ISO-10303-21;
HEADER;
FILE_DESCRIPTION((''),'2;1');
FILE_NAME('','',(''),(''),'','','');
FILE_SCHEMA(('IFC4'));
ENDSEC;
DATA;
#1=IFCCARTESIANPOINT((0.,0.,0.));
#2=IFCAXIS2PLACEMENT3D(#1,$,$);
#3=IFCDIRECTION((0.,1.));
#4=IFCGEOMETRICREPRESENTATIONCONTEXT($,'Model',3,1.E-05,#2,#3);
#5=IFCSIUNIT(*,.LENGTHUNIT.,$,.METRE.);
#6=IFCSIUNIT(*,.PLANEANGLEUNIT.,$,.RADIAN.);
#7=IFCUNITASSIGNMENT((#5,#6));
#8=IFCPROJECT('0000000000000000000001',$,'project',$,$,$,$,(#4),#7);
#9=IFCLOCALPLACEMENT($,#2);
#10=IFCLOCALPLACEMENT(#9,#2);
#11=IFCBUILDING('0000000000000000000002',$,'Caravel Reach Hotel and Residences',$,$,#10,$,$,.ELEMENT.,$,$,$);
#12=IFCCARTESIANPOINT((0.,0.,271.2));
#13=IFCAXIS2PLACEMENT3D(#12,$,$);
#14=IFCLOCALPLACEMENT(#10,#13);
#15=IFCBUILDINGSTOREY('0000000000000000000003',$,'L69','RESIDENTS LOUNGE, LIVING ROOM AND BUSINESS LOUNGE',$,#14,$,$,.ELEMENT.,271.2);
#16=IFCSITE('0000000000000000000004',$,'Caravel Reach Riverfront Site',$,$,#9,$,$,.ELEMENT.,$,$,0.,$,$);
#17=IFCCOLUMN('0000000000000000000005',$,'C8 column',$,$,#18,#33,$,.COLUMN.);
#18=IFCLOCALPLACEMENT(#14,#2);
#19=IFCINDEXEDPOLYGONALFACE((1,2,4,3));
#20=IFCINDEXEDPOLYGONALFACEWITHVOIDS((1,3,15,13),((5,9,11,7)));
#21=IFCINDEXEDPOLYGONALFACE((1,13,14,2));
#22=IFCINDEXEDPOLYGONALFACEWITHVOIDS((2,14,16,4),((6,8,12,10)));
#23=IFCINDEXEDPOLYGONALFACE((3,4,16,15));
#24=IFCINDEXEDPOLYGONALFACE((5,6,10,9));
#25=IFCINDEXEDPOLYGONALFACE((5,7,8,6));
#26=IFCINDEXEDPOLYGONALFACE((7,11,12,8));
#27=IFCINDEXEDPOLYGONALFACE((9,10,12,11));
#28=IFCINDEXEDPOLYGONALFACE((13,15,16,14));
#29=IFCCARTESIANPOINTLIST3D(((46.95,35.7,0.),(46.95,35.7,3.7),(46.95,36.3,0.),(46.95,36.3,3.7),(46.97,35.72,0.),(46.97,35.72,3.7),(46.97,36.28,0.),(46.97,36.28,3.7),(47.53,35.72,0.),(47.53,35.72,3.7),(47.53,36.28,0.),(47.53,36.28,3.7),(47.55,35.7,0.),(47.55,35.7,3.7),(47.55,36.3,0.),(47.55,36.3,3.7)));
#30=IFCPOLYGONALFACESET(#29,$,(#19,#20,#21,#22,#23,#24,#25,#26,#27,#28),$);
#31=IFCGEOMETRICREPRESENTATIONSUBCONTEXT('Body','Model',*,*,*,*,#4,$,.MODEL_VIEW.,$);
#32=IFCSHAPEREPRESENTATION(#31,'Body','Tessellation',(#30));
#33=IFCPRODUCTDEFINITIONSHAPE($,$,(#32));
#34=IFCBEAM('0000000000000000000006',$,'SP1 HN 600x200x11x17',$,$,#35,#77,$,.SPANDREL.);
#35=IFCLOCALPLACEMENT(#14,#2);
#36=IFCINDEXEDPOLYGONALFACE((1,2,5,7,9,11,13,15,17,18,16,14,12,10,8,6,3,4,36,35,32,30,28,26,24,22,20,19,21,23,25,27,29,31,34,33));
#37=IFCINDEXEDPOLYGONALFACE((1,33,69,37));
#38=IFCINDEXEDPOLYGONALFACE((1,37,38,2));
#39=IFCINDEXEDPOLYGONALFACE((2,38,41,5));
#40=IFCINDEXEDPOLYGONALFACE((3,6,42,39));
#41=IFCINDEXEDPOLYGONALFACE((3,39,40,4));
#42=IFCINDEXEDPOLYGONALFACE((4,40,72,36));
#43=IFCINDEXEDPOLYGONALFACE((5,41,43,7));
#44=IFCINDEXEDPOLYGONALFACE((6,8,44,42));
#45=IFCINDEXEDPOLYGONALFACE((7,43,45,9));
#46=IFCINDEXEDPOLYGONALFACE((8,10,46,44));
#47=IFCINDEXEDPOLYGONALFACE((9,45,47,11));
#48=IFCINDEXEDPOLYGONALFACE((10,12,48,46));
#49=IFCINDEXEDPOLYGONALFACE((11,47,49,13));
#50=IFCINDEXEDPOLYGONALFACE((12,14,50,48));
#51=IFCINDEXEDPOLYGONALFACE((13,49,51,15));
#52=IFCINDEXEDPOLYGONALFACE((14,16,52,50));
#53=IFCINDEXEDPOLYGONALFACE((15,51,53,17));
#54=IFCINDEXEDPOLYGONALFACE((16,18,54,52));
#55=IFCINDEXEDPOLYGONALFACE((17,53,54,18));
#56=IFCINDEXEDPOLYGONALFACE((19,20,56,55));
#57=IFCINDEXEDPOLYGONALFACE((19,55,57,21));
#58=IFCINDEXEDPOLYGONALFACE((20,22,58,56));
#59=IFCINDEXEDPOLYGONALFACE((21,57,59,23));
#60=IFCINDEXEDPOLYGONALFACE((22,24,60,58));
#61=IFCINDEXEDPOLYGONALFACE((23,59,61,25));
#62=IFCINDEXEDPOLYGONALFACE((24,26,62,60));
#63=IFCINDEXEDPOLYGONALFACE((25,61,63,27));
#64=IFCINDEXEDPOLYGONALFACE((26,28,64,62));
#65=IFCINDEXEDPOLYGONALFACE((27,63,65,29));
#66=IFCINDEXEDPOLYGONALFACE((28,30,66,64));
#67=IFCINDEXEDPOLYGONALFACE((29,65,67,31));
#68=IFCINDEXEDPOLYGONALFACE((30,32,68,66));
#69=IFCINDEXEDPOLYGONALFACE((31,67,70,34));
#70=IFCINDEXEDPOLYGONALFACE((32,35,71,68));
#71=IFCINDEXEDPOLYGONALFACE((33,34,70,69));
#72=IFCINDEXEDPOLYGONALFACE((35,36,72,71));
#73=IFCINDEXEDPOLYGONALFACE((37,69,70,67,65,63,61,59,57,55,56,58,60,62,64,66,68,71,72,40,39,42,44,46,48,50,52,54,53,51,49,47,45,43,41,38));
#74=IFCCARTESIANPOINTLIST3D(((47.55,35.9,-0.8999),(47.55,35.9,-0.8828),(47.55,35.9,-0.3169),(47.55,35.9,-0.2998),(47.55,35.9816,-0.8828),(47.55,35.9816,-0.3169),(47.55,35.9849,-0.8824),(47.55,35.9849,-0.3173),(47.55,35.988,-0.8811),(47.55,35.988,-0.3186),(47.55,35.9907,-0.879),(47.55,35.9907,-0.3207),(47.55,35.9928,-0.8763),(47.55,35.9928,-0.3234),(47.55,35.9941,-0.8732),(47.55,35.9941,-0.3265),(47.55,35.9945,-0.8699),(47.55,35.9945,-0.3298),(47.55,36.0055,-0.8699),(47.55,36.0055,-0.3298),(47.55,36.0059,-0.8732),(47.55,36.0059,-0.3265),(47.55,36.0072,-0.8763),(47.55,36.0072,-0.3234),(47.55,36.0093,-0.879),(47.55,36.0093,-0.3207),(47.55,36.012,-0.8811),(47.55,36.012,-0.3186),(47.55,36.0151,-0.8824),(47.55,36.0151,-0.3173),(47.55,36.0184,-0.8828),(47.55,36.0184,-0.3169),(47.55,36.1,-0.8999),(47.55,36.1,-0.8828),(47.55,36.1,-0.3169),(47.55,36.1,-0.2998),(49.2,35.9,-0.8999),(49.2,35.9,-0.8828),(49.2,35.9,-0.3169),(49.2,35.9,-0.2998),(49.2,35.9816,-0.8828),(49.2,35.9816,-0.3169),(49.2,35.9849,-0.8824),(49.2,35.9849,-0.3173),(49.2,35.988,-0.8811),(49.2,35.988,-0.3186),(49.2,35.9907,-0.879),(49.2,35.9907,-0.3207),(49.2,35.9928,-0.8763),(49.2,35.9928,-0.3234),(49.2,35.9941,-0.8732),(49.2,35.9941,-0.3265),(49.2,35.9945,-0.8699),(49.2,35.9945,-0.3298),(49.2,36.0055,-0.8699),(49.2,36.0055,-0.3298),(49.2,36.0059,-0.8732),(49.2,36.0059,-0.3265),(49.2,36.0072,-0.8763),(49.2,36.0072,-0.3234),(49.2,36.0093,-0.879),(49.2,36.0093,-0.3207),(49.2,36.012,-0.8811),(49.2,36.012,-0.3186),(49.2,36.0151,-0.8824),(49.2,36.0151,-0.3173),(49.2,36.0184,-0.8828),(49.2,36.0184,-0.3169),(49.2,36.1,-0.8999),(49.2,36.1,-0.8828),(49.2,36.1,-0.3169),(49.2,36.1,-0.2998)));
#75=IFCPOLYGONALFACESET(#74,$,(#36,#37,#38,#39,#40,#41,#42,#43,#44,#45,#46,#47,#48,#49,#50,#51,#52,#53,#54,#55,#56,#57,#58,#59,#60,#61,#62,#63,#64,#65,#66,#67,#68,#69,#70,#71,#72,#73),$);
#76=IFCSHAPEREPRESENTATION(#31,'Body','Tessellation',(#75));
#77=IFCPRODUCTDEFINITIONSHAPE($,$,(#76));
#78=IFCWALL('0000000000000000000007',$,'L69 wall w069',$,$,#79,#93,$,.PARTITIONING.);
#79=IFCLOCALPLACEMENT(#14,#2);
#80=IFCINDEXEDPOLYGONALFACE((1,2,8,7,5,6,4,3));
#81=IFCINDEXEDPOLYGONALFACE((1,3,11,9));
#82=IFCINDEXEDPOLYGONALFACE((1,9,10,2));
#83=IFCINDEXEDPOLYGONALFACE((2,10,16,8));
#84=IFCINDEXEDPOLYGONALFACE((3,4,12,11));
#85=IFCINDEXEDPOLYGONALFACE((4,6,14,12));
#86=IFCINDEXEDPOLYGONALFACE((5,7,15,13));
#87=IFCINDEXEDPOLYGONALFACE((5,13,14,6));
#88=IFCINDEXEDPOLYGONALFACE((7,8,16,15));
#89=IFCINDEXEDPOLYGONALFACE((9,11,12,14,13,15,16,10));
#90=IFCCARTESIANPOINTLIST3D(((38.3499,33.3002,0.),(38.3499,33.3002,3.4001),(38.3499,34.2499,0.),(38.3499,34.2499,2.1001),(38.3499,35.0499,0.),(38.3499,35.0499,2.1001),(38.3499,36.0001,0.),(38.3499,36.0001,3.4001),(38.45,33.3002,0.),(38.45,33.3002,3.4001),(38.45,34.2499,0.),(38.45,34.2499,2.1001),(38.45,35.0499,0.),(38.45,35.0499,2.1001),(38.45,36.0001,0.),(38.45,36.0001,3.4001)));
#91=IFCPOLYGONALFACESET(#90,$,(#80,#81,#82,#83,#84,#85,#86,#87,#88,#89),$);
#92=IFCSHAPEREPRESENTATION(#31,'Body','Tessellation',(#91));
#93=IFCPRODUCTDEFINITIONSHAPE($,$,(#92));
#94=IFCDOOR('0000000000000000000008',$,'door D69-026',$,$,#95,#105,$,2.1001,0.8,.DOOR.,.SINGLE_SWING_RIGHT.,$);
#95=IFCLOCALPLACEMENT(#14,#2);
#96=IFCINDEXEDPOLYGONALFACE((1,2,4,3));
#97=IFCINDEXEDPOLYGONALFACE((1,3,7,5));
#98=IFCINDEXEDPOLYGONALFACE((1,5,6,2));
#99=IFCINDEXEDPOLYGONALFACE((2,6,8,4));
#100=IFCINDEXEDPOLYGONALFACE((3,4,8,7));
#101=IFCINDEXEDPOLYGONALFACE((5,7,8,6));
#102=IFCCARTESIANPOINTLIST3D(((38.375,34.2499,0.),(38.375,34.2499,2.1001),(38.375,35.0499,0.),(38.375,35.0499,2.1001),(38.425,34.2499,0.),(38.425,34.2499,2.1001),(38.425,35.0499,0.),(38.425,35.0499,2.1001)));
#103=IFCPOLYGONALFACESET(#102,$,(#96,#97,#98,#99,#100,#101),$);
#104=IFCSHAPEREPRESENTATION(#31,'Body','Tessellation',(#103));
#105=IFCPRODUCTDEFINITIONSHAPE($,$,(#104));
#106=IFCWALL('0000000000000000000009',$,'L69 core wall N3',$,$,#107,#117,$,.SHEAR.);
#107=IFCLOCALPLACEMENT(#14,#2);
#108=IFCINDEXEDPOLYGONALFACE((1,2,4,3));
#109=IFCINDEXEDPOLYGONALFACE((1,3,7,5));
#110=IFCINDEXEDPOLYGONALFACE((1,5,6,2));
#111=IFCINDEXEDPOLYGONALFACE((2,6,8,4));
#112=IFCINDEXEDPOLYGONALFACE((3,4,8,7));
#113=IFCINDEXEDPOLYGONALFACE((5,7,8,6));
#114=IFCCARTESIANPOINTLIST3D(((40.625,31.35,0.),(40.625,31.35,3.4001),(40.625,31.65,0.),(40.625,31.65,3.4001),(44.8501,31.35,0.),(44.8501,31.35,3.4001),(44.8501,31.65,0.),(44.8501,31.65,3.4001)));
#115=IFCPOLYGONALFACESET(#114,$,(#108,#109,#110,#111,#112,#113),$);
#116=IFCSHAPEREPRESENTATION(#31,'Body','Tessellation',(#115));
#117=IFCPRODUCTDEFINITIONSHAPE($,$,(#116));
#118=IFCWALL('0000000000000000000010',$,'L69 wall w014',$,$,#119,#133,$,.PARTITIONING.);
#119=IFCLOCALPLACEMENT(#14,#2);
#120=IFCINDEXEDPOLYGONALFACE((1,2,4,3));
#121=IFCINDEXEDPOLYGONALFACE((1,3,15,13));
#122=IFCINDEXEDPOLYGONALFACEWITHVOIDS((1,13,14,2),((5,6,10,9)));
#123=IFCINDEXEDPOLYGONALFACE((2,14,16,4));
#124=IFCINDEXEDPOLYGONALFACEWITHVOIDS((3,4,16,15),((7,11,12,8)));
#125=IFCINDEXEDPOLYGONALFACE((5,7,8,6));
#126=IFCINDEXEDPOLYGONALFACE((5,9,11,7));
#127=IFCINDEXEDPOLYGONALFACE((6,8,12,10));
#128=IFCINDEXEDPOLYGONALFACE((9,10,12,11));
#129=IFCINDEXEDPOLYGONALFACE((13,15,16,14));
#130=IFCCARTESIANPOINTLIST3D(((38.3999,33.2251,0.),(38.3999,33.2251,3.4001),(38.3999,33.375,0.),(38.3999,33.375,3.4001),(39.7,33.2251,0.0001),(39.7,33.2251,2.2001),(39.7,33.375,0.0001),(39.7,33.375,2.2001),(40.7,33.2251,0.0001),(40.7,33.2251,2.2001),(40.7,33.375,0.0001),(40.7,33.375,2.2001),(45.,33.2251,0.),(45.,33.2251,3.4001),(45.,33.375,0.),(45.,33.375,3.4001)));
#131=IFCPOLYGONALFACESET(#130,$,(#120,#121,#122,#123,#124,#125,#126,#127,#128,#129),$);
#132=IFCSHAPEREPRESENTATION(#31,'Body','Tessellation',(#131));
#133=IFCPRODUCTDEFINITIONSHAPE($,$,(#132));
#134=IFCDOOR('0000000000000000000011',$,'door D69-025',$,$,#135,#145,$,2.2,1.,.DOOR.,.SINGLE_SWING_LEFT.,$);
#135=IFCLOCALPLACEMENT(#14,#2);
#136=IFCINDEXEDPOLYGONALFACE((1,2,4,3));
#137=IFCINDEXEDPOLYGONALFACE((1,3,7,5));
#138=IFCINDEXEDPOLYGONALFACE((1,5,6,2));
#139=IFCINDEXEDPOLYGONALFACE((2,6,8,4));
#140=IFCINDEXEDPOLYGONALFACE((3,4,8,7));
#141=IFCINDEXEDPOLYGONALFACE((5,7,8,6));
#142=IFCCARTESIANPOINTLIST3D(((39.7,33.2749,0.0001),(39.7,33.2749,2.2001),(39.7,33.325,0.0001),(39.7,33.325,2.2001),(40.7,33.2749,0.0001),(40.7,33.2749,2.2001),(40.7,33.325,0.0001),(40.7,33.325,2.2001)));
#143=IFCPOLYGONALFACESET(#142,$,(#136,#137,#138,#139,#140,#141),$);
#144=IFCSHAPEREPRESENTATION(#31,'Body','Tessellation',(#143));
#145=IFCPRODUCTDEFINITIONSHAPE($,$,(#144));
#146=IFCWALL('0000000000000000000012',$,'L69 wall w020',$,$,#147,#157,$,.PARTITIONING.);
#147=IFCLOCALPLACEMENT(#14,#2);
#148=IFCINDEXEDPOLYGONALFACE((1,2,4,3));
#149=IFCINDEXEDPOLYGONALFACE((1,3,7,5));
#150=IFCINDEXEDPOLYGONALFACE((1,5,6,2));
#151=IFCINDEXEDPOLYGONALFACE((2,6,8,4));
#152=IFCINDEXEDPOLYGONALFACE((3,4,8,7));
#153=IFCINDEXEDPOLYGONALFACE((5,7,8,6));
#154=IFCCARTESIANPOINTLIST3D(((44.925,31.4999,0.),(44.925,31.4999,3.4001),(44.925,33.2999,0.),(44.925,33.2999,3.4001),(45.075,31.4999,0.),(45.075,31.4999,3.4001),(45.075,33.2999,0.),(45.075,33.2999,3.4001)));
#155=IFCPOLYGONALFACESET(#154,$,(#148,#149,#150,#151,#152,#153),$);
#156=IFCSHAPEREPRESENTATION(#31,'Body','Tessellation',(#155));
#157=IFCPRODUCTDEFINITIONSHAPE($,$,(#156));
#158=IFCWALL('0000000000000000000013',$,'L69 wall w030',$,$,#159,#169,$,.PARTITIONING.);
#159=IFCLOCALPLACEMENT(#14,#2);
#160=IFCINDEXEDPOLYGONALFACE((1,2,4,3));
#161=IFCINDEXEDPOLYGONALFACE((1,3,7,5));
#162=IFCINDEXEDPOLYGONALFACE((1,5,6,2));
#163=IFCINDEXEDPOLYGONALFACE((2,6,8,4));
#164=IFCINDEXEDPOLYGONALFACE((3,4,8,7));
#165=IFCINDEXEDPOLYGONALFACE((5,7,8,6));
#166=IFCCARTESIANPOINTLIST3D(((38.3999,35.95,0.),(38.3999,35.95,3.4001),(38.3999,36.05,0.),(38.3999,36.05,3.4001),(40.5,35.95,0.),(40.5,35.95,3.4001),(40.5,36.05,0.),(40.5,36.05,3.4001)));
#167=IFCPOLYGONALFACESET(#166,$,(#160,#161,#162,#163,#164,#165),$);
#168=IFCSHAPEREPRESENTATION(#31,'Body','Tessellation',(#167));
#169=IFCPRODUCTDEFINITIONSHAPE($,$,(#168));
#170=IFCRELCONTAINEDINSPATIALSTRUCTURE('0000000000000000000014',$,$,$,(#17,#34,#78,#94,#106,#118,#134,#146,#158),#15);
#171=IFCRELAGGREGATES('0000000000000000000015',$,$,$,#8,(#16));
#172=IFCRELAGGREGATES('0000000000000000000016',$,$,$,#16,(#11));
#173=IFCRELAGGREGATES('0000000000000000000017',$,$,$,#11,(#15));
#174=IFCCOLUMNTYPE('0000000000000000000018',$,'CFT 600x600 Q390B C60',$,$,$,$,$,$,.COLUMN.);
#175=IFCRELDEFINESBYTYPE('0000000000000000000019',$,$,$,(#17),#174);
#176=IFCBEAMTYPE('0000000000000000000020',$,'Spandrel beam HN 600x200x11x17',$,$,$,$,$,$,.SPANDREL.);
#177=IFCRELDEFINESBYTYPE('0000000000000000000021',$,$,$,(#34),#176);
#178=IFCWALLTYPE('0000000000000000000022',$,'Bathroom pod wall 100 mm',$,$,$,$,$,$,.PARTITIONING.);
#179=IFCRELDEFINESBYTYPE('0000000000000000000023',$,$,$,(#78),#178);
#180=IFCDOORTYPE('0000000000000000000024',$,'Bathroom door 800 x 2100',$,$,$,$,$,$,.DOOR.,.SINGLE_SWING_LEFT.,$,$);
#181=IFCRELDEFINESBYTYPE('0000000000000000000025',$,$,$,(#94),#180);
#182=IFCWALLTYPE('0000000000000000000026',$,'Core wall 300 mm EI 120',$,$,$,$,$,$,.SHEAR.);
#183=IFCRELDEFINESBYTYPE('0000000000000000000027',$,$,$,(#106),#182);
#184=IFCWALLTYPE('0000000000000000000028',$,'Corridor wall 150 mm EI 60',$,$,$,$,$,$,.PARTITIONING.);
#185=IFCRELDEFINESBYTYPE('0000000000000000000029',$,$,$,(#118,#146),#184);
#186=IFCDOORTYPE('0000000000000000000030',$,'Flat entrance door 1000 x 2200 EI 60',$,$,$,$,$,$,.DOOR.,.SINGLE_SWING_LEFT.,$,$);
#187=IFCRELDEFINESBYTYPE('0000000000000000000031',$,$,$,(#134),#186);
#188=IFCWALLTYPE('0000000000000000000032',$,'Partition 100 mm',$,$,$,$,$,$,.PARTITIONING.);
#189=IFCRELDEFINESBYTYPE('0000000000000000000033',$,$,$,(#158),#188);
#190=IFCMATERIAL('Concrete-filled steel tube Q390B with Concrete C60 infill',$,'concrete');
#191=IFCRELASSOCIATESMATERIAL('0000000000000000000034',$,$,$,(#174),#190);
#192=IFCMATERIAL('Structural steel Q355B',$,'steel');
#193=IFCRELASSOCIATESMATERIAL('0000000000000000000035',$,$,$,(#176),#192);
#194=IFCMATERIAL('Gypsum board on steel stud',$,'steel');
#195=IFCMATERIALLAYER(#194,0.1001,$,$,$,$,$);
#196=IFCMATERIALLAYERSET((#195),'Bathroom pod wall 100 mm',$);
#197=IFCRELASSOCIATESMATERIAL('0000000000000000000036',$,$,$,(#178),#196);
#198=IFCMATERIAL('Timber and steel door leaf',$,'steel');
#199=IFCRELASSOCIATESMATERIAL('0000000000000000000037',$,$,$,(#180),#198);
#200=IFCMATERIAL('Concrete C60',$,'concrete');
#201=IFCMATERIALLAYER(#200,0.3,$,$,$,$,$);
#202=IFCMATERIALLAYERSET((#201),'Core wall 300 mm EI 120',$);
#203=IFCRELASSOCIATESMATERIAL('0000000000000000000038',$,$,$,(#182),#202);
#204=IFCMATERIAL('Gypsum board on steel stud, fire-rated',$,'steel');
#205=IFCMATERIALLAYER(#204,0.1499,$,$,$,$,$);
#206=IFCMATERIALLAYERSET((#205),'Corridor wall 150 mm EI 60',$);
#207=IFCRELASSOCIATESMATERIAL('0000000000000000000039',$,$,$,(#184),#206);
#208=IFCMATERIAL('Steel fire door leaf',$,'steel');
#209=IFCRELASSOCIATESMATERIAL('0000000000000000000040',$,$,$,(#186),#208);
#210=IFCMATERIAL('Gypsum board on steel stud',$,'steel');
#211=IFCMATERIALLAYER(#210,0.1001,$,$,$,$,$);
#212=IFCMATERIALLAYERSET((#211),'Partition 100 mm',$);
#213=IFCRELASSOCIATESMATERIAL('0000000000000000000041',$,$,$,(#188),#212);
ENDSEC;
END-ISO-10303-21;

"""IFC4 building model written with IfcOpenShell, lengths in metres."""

from ifc_helpers import new_model, si_unit, direction, frame, frame_2d, origin, origin_2d, place, context, subcontext, project, spatial, rectangle, hollow_rectangle, i_section, extrude, material, layer, layer_set, material_profile, profile_set, type_object, element, fill, save


model = new_model("IFC4")

# Units and contexts
model_context = context("Model", 3, precision=1e-05, world=origin(), true_north=direction((0.0, 1.0)))
body_context = subcontext(model_context, "Body", "Model", "MODEL_VIEW")
ifc_project = project(units=[si_unit("LENGTHUNIT", "METRE"), si_unit("PLANEANGLEUNIT", "RADIAN")], contexts=[model_context])

# Site, building, storey
site_placement = place(None, origin())
site = spatial("IfcSite", under=ifc_project, at=site_placement, Name="Caravel Reach Riverfront Site", CompositionType="ELEMENT", RefElevation=0.0)
building_placement = place(site_placement, origin())
building = spatial("IfcBuilding", under=site, at=building_placement, Name="Caravel Reach Hotel and Residences", CompositionType="ELEMENT")
storey_placement = place(building_placement, frame((0.0, 0.0, 271.2)))
storey = spatial("IfcBuildingStorey", under=building, at=storey_placement, Name="L69", Description="RESIDENTS LOUNGE, LIVING ROOM AND BUSINESS LOUNGE", CompositionType="ELEMENT", Elevation=271.2)

# Column
ifc_material_1 = material(Name="Concrete-filled steel tube Q390B with Concrete C60 infill", Category="concrete")
ifc_material_profile_1 = material_profile(ifc_material_1, hollow_rectangle(XDim=0.6001, YDim=0.6001, WallThickness=0.02, at=origin_2d()), Name="RHS 600x600x20")
ifc_profile_set_1 = profile_set([ifc_material_profile_1], Name="Concrete-filled steel tube Q390B with Concrete C60 infill")
column_type = type_object("IfcColumnType", Name="CFT 600x600 Q390B C60", PredefinedType="COLUMN", material=ifc_profile_set_1)
column_placement = place(storey_placement, frame((47.25, 36.0, 0.0), z_axis=(0.0, 0.0, 1.0), x_axis=(1.0, 0.0, 0.0)))
element("IfcColumn", 1, at=column_placement, inside=storey, type_object=column_type, Name="C8 column", PredefinedType="COLUMN", context=body_context, shape_type="SweptSolid", body=[
    extrude(hollow_rectangle(XDim=0.6001, YDim=0.6001, WallThickness=0.02, at=origin_2d()), origin(), (0.0, 0.0, 1.0), 3.7),
])

# Beam
ifc_material_2 = material(Name="Structural steel Q355B", Category="steel")
ifc_material_profile_2 = material_profile(ifc_material_2, i_section(OverallWidth=0.2, OverallDepth=0.6001, WebThickness=0.011, FlangeThickness=0.0171, FilletRadius=0.0129, at=origin_2d()), Name="HN 600x200x11x17")
ifc_profile_set_2 = profile_set([ifc_material_profile_2], Name="Structural steel Q355B")
beam_type = type_object("IfcBeamType", Name="Spandrel beam HN 600x200x11x17", PredefinedType="SPANDREL", material=ifc_profile_set_2)
beam_placement = place(storey_placement, frame((49.2, 36.0, -0.5999), z_axis=(-1.0, 0.0, 0.0), x_axis=(0.0, -1.0, 0.0)))
element("IfcBeam", 2, at=beam_placement, inside=storey, type_object=beam_type, Name="SP1 HN 600x200x11x17", PredefinedType="SPANDREL", context=body_context, shape_type="SweptSolid", body=[
    extrude(i_section(OverallWidth=0.2, OverallDepth=0.6001, WebThickness=0.011, FlangeThickness=0.0171, FilletRadius=0.0129, at=origin_2d()), origin(), (0.0, 0.0, 1.0), 1.6499),
])

# Wall, opening, door
ifc_material_3 = material(Name="Gypsum board on steel stud", Category="steel")
ifc_layer_1 = layer(ifc_material_3, 0.1001)
ifc_layer_set_1 = layer_set([ifc_layer_1], Name="Bathroom pod wall 100 mm")
wall_type_1 = type_object("IfcWallType", Name="Bathroom pod wall 100 mm", PredefinedType="PARTITIONING", material=ifc_layer_set_1)
wall_1_placement = place(storey_placement, frame((38.3999, 33.3, 0.0), z_axis=(0.0, 0.0, 1.0), x_axis=(0.0, 1.0, 0.0)))
wall_1 = element("IfcWall", 3, at=wall_1_placement, inside=storey, type_object=wall_type_1, Name="L69 wall w069", PredefinedType="PARTITIONING", context=body_context, shape_type="SweptSolid", body=[
    extrude(rectangle(XDim=2.7, YDim=0.1001, at=frame_2d((1.3501, 0.0))), origin(), (0.0, 0.0, 1.0), 3.4001),
])
opening_1_placement = place(wall_1_placement, frame((0.95, 0.0, 0.0)))
opening_1 = element("IfcOpeningElement", 4, at=opening_1_placement, cuts=wall_1, PredefinedType="OPENING", context=body_context, shape_type="SweptSolid", body=[
    extrude(rectangle(XDim=0.8, YDim=2.1001, at=frame_2d((0.3999, 1.05))), frame((0.0, 0.0601, 0.0), z_axis=(0.0, -1.0, 0.0), x_axis=(1.0, 0.0, 0.0)), (0.0, 0.0, 1.0), 0.1201),
])
ifc_material_4 = material(Name="Timber and steel door leaf", Category="steel")
door_type_1 = type_object("IfcDoorType", Name="Bathroom door 800 x 2100", OperationType="SINGLE_SWING_LEFT", PredefinedType="DOOR", material=ifc_material_4)
door_1_placement = place(opening_1_placement, origin())
door_1 = element("IfcDoor", 5, at=door_1_placement, inside=storey, type_object=door_type_1, Name="door D69-026", OperationType="SINGLE_SWING_RIGHT", OverallHeight=2.1001, OverallWidth=0.8, PredefinedType="DOOR", context=body_context, shape_type="SweptSolid", body=[
    extrude(rectangle(XDim=0.8, YDim=2.1001, at=frame_2d((0.3999, 1.05))), frame((0.0, 0.0249, 0.0), z_axis=(0.0, -1.0, 0.0), x_axis=(1.0, 0.0, 0.0)), (0.0, 0.0, 1.0), 0.05),
])
fill(opening_1, door_1)

# Wall
ifc_material_5 = material(Name="Concrete C60", Category="concrete")
ifc_layer_2 = layer(ifc_material_5, 0.3)
ifc_layer_set_2 = layer_set([ifc_layer_2], Name="Core wall 300 mm EI 120")
wall_type_2 = type_object("IfcWallType", Name="Core wall 300 mm EI 120", PredefinedType="SHEAR", material=ifc_layer_set_2)
wall_2_placement = place(storey_placement, frame((40.625, 31.5, 0.0), z_axis=(0.0, 0.0, 1.0), x_axis=(1.0, 0.0, 0.0)))
element("IfcWall", 6, at=wall_2_placement, inside=storey, type_object=wall_type_2, Name="L69 core wall N3", PredefinedType="SHEAR", context=body_context, shape_type="SweptSolid", body=[
    extrude(rectangle(XDim=4.2251, YDim=0.3, at=frame_2d((2.1125, 0.0))), origin(), (0.0, 0.0, 1.0), 3.4001),
])

# Wall, opening, door
ifc_material_6 = material(Name="Gypsum board on steel stud, fire-rated", Category="steel")
ifc_layer_3 = layer(ifc_material_6, 0.1499)
ifc_layer_set_3 = layer_set([ifc_layer_3], Name="Corridor wall 150 mm EI 60")
wall_type_3 = type_object("IfcWallType", Name="Corridor wall 150 mm EI 60", PredefinedType="PARTITIONING", material=ifc_layer_set_3)
wall_3_placement = place(storey_placement, frame((38.3999, 33.3, 0.0), z_axis=(0.0, 0.0, 1.0), x_axis=(1.0, 0.0, 0.0)))
wall_3 = element("IfcWall", 7, at=wall_3_placement, inside=storey, type_object=wall_type_3, Name="L69 wall w014", PredefinedType="PARTITIONING", context=body_context, shape_type="SweptSolid", body=[
    extrude(rectangle(XDim=6.6001, YDim=0.1499, at=frame_2d((3.3, 0.0))), origin(), (0.0, 0.0, 1.0), 3.4001),
])
opening_2_placement = place(wall_3_placement, frame((1.3, 0.0, 0.0)))
opening_2 = element("IfcOpeningElement", 8, at=opening_2_placement, cuts=wall_3, PredefinedType="OPENING", context=body_context, shape_type="SweptSolid", body=[
    extrude(rectangle(XDim=1.0, YDim=2.2, at=frame_2d((0.5, 1.1001))), frame((0.0, 0.085, 0.0), z_axis=(0.0, -1.0, 0.0), x_axis=(1.0, 0.0, 0.0)), (0.0, 0.0, 1.0), 0.1699),
])
ifc_material_7 = material(Name="Steel fire door leaf", Category="steel")
door_type_2 = type_object("IfcDoorType", Name="Flat entrance door 1000 x 2200 EI 60", OperationType="SINGLE_SWING_LEFT", PredefinedType="DOOR", material=ifc_material_7)
door_2_placement = place(opening_2_placement, origin())
door_2 = element("IfcDoor", 9, at=door_2_placement, inside=storey, type_object=door_type_2, Name="door D69-025", OperationType="SINGLE_SWING_LEFT", OverallHeight=2.2, OverallWidth=1.0, PredefinedType="DOOR", context=body_context, shape_type="SweptSolid", body=[
    extrude(rectangle(XDim=1.0, YDim=2.2, at=frame_2d((0.5, 1.1001))), frame((0.0, 0.0249, 0.0), z_axis=(0.0, -1.0, 0.0), x_axis=(1.0, 0.0, 0.0)), (0.0, 0.0, 1.0), 0.05),
])
fill(opening_2, door_2)

# Walls
wall_4_placement = place(storey_placement, frame((45.0, 31.5, 0.0), z_axis=(0.0, 0.0, 1.0), x_axis=(0.0, 1.0, 0.0)))
element("IfcWall", 10, at=wall_4_placement, inside=storey, type_object=wall_type_3, Name="L69 wall w020", PredefinedType="PARTITIONING", context=body_context, shape_type="SweptSolid", body=[
    extrude(rectangle(XDim=1.8, YDim=0.1499, at=frame_2d((0.8999, 0.0))), origin(), (0.0, 0.0, 1.0), 3.4001),
])
ifc_material_8 = material(Name="Gypsum board on steel stud", Category="steel")
ifc_layer_4 = layer(ifc_material_8, 0.1001)
ifc_layer_set_4 = layer_set([ifc_layer_4], Name="Partition 100 mm")
wall_type_4 = type_object("IfcWallType", Name="Partition 100 mm", PredefinedType="PARTITIONING", material=ifc_layer_set_4)
wall_5_placement = place(storey_placement, frame((38.3999, 36.0, 0.0), z_axis=(0.0, 0.0, 1.0), x_axis=(1.0, 0.0, 0.0)))
element("IfcWall", 11, at=wall_5_placement, inside=storey, type_object=wall_type_4, Name="L69 wall w030", PredefinedType="PARTITIONING", context=body_context, shape_type="SweptSolid", body=[
    extrude(rectangle(XDim=2.1001, YDim=0.1001, at=frame_2d((1.05, 0.0))), origin(), (0.0, 0.0, 1.0), 3.4001),
])

save(model, "model.ifc")
